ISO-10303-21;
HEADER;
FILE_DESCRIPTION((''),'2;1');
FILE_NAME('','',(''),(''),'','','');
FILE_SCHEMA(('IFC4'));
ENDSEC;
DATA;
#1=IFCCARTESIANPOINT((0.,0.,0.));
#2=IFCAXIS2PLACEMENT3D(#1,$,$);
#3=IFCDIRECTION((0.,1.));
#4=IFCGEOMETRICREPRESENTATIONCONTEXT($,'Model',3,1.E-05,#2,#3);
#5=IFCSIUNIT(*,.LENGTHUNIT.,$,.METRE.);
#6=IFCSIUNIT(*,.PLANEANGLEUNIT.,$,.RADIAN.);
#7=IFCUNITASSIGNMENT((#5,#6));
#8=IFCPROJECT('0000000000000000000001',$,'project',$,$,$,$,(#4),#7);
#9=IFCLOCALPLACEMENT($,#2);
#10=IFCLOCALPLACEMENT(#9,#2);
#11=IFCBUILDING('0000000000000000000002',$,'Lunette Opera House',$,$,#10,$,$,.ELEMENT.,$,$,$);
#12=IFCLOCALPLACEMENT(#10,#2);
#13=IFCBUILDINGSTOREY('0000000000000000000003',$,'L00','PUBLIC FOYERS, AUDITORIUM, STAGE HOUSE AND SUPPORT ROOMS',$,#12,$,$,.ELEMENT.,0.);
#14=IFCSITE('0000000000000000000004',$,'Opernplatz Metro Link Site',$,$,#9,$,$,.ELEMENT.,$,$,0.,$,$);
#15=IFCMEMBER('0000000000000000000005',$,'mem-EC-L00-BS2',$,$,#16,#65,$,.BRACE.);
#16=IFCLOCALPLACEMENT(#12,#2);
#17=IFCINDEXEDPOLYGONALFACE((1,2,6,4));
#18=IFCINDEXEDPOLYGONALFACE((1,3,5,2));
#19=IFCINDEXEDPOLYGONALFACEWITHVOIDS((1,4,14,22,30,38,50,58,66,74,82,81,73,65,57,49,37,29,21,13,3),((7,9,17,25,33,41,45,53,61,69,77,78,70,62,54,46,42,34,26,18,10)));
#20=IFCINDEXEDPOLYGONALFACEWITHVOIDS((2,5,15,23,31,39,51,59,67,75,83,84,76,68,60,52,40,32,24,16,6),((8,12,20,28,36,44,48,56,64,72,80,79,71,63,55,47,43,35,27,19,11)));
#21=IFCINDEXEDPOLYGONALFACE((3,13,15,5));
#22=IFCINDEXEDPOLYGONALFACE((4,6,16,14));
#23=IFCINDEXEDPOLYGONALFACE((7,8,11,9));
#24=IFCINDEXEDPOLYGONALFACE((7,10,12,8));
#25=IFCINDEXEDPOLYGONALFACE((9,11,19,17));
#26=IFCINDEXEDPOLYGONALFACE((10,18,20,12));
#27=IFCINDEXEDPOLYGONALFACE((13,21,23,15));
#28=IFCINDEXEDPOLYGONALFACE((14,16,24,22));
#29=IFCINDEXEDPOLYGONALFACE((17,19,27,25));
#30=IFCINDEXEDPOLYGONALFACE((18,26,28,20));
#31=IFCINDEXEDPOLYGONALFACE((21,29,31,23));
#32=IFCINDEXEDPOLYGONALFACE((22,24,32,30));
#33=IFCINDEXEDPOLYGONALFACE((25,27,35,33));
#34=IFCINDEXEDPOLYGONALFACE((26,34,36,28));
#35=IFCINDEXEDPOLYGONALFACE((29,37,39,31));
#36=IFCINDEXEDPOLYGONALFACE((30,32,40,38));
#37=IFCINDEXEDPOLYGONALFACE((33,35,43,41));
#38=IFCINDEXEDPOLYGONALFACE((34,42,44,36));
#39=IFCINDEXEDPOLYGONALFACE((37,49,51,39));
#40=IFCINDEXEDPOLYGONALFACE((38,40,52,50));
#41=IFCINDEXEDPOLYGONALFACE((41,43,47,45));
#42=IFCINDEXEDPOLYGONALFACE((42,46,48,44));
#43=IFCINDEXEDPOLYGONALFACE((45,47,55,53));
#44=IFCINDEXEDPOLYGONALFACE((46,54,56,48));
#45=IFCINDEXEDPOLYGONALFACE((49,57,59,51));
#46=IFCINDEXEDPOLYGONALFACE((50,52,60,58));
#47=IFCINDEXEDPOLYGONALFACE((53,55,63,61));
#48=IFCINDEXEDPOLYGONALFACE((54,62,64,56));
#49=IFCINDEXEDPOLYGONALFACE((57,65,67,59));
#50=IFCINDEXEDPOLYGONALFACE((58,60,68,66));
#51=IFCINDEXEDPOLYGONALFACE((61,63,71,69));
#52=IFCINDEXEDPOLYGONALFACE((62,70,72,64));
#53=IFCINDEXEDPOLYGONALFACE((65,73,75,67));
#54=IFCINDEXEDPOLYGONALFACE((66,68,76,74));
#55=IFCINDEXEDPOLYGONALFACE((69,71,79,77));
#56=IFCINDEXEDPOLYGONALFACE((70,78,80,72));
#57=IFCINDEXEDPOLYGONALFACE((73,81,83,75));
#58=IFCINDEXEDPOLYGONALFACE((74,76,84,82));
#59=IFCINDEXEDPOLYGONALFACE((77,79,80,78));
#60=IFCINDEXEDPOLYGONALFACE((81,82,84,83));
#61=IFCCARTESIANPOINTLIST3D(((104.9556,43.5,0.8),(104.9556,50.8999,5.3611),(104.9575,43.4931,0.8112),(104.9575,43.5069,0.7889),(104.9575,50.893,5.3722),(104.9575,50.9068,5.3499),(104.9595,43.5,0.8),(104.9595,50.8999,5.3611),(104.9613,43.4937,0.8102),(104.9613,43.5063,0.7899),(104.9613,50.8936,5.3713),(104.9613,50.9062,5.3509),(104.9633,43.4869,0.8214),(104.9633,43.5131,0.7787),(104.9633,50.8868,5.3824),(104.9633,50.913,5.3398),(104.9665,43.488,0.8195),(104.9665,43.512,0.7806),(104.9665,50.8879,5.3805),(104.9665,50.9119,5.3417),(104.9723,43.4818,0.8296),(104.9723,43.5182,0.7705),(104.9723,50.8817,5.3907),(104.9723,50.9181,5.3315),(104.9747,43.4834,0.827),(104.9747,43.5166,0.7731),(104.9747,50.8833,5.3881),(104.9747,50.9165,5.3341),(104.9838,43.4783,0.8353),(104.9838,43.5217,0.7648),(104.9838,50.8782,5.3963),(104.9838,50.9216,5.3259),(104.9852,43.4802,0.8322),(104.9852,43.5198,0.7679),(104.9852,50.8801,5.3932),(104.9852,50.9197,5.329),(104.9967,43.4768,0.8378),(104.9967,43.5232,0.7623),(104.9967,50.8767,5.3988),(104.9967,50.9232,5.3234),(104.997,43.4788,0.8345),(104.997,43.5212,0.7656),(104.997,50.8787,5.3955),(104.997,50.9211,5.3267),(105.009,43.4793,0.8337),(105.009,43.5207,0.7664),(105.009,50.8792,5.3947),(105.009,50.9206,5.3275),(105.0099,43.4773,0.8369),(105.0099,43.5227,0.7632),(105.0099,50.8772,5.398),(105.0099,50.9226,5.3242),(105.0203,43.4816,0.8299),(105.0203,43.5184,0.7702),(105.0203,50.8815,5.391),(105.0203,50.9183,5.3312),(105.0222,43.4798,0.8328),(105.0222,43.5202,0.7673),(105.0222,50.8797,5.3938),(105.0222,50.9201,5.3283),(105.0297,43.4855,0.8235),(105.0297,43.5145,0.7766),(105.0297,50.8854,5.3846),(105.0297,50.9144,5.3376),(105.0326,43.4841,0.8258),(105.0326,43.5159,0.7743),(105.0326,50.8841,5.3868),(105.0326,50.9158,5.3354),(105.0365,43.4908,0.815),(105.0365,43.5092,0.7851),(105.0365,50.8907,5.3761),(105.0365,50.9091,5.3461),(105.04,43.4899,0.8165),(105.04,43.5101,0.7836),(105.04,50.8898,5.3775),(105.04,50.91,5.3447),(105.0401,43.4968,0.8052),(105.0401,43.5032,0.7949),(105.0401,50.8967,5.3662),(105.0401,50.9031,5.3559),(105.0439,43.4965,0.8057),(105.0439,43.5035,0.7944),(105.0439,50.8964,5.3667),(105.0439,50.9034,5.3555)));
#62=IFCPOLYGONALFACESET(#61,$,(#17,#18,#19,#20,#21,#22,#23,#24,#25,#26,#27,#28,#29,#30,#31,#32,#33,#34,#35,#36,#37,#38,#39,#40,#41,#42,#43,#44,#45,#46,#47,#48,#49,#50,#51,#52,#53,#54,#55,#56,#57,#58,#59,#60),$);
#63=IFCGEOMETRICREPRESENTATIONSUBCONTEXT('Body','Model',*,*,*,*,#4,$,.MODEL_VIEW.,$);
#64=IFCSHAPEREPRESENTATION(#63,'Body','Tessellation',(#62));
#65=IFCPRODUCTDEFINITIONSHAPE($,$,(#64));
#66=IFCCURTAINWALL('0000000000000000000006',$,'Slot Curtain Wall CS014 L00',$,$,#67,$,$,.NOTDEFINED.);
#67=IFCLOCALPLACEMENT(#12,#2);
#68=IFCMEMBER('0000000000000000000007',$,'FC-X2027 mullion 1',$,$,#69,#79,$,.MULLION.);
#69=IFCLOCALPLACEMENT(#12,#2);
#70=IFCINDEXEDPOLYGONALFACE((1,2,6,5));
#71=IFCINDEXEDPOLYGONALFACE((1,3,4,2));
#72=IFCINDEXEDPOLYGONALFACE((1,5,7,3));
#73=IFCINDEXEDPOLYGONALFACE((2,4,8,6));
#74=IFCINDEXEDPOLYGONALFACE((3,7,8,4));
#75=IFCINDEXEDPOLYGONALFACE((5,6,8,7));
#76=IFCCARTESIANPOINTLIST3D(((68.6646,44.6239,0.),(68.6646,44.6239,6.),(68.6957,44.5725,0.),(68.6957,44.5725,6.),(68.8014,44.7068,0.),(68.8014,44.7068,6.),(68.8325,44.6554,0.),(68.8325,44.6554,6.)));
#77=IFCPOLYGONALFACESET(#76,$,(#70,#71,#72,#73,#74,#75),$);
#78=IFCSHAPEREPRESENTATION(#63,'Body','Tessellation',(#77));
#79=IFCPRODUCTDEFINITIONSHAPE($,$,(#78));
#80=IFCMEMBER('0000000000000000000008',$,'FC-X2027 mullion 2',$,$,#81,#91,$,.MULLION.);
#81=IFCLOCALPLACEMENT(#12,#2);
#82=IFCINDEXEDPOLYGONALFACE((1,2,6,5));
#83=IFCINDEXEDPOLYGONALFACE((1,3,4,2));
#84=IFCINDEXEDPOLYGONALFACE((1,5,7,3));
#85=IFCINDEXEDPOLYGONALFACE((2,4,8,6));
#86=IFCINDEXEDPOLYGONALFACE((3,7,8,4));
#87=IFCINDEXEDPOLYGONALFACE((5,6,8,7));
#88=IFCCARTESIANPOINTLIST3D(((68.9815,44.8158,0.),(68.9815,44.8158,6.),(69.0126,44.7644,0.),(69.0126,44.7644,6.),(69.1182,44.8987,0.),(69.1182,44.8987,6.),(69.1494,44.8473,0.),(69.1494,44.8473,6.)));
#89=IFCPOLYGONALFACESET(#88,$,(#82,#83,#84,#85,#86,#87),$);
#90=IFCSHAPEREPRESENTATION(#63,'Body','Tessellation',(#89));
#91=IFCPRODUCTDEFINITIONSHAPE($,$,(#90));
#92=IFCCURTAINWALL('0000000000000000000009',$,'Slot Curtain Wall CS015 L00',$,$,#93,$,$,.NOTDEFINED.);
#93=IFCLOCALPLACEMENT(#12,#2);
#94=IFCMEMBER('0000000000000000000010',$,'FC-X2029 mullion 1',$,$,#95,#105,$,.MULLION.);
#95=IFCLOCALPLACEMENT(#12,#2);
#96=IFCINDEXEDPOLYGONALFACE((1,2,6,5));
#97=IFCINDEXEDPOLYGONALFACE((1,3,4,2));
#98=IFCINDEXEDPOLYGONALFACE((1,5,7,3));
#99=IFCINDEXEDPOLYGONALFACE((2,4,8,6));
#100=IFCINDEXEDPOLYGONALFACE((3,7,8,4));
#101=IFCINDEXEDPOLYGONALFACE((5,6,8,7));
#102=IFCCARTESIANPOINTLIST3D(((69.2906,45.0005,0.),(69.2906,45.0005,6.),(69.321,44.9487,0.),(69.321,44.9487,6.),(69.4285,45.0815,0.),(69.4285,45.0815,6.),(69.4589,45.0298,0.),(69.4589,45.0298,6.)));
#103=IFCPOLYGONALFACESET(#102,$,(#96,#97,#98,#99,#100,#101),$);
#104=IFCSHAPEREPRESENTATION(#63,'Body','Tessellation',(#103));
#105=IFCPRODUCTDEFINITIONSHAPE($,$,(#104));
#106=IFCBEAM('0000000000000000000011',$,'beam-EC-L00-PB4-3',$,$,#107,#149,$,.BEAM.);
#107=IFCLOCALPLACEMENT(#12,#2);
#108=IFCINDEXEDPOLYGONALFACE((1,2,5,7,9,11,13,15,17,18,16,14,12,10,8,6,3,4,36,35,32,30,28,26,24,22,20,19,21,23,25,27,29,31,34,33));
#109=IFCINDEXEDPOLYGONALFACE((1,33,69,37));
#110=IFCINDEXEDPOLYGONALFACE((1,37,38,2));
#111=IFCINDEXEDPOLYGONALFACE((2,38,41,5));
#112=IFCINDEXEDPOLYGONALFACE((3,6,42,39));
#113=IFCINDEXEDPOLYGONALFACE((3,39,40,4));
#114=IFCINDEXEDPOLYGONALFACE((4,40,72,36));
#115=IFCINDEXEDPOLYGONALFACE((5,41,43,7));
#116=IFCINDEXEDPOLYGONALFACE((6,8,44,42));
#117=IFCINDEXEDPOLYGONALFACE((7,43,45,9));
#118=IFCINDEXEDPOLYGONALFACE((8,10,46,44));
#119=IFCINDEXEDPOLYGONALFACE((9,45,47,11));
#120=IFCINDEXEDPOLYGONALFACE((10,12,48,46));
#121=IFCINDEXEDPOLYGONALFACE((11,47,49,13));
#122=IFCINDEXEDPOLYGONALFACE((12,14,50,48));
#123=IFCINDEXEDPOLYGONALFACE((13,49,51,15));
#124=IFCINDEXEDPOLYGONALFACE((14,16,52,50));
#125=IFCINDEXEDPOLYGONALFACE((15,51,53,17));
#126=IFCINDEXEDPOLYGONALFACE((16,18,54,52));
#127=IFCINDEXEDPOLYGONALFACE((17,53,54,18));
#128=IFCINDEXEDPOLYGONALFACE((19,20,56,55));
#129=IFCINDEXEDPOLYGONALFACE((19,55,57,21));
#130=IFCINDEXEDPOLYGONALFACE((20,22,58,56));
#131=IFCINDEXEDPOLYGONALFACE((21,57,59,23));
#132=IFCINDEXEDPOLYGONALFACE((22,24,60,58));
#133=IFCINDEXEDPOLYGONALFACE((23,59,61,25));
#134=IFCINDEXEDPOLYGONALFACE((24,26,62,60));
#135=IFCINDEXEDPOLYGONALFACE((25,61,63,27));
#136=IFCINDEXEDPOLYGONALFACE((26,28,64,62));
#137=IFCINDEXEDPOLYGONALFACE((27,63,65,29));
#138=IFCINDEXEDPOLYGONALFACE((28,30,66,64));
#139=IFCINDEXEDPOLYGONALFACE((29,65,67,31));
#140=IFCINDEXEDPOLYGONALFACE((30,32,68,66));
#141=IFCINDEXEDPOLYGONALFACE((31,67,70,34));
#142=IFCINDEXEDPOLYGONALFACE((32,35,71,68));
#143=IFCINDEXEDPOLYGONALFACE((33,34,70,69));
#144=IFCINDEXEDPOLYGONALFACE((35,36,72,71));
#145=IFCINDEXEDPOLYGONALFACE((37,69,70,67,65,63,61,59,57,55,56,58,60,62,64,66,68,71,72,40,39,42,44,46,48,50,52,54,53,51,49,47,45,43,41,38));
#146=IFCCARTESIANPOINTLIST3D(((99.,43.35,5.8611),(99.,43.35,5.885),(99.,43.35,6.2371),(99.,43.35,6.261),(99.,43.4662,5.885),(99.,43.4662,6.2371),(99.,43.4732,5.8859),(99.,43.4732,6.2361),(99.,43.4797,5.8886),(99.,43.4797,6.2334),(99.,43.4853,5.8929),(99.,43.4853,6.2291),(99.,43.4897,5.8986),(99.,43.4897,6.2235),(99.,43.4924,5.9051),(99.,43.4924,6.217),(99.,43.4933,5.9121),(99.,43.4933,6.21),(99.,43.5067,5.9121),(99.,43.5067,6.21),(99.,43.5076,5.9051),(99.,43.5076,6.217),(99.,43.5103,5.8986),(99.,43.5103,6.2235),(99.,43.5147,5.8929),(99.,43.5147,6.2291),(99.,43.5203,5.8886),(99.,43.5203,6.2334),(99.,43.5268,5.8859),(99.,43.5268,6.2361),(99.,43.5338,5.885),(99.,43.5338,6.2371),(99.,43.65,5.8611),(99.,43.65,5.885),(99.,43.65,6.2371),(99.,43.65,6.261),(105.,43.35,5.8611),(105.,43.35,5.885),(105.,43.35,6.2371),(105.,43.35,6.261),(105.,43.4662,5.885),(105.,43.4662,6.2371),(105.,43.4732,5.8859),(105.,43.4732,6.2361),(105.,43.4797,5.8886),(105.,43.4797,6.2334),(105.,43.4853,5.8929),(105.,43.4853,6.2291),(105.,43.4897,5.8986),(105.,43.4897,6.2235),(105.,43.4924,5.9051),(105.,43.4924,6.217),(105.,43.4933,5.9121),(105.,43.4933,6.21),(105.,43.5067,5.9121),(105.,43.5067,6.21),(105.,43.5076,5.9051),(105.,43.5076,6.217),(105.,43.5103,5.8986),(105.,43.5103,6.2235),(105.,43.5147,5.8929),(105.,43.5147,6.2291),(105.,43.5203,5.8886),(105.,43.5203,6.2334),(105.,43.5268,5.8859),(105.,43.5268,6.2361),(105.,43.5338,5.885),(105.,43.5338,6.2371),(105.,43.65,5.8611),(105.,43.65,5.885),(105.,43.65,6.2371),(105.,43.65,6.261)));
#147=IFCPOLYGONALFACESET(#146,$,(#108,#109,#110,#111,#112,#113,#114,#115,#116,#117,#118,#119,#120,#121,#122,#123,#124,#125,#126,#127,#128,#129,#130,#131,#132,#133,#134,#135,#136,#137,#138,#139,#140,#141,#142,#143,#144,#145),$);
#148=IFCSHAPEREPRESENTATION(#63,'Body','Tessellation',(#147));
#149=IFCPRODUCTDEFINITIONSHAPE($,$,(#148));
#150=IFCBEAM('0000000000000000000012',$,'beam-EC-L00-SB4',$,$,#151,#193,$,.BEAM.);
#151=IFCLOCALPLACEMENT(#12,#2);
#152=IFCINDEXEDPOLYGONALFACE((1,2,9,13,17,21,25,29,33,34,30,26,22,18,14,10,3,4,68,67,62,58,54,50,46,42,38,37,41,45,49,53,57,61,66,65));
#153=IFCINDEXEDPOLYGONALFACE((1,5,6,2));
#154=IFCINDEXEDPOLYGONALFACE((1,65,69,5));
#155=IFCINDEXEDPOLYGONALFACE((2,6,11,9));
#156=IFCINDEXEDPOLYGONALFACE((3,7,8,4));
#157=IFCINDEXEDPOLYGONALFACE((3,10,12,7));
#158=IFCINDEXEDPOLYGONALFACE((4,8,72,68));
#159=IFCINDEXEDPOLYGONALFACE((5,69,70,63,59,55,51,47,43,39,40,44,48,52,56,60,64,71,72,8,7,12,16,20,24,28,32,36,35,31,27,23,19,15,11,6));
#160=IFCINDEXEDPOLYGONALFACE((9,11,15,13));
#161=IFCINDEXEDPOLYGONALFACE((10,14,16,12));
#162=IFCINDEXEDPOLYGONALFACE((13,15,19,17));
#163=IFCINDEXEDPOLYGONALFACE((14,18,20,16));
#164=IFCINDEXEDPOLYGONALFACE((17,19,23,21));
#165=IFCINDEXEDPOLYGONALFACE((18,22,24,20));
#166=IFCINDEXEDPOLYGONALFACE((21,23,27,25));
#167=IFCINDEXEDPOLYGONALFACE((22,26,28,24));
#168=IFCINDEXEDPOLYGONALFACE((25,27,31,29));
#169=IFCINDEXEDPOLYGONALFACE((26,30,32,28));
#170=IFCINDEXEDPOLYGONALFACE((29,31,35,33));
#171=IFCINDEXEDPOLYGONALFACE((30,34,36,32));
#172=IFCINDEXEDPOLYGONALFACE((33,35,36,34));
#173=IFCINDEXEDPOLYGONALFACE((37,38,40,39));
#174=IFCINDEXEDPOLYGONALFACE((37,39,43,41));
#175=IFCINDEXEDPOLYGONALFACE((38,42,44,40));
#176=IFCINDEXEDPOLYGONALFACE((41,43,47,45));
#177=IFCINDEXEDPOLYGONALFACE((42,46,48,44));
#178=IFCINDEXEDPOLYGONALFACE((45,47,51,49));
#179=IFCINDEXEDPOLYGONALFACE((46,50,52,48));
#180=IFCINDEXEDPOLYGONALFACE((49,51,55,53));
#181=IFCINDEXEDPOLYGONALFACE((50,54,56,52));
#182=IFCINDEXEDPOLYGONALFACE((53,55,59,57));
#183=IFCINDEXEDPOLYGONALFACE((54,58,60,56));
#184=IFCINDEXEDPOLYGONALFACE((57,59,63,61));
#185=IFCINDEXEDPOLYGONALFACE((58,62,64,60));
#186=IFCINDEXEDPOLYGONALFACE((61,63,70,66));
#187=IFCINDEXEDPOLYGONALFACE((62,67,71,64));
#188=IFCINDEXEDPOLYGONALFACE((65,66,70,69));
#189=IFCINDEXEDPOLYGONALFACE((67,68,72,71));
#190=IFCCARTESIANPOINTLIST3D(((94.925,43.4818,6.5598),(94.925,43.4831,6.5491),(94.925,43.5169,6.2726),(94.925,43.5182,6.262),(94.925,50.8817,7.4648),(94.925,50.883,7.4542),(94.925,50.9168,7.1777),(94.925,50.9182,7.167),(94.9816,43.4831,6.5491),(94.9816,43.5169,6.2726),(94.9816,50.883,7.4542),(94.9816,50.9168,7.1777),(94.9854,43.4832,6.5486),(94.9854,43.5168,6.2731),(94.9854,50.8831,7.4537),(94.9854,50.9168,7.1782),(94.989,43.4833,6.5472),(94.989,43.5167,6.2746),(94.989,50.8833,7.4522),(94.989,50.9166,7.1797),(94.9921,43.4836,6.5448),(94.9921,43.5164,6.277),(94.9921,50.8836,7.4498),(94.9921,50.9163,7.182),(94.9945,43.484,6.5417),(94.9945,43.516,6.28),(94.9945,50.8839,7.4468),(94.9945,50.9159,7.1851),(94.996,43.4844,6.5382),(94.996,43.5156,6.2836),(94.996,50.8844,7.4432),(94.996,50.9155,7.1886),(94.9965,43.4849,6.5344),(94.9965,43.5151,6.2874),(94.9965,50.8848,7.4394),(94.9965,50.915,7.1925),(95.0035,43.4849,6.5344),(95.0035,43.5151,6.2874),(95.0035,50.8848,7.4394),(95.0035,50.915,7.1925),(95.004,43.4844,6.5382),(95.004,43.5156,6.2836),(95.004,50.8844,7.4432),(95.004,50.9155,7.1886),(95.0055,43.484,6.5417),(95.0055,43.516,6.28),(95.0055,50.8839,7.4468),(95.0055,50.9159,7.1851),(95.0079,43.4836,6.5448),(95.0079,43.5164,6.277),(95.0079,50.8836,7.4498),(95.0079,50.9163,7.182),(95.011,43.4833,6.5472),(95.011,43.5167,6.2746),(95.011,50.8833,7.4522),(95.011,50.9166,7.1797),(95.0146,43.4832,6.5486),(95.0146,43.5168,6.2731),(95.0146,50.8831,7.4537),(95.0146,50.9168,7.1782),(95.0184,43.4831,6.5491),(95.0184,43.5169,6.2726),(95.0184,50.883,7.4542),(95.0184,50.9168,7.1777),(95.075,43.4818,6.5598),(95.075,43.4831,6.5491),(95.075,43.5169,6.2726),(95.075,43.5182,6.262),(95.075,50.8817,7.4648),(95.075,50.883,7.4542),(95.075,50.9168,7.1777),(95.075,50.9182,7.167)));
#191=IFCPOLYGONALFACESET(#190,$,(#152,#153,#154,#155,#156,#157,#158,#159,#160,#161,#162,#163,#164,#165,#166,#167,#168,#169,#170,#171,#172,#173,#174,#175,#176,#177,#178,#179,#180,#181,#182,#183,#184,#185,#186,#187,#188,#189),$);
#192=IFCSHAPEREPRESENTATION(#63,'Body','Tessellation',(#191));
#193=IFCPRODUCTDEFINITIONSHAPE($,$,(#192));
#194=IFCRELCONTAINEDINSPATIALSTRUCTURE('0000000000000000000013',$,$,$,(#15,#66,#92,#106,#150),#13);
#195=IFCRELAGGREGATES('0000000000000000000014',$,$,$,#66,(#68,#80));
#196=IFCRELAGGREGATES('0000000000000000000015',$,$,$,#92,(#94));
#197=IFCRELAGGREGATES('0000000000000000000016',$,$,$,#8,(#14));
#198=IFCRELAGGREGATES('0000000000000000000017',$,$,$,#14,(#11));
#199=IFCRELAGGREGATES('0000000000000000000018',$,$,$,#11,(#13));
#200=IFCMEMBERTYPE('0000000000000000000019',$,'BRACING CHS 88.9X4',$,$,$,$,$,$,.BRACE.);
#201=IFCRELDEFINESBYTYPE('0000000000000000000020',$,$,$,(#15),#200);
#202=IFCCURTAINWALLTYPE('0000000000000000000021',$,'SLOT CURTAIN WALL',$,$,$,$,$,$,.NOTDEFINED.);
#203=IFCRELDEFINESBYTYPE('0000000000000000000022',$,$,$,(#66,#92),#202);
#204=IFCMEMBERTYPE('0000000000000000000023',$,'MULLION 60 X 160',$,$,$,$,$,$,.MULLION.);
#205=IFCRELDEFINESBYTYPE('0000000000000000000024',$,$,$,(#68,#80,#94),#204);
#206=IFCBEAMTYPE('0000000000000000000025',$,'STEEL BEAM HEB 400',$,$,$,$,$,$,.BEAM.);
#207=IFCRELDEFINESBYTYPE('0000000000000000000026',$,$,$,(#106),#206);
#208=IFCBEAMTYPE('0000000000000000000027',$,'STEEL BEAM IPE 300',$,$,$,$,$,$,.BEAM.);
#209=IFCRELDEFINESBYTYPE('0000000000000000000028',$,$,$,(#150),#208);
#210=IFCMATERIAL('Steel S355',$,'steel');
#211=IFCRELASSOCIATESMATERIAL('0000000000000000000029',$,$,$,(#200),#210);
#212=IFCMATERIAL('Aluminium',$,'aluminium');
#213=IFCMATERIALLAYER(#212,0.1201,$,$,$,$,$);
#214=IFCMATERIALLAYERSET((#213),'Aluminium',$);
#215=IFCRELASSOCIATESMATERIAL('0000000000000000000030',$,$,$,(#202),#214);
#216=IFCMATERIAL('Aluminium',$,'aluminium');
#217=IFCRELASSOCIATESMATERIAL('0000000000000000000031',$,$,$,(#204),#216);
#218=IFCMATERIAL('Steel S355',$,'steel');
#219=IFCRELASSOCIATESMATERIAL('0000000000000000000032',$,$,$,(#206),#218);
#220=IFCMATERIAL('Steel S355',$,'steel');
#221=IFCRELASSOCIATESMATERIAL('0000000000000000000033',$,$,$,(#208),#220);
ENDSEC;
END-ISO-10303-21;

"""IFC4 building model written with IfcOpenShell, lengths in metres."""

from ifc_helpers import new_model, si_unit, direction, frame, origin, origin_2d, place, context, subcontext, project, spatial, rectangle, hollow_circle, i_section, extrude, material, layer, layer_set, material_profile, profile_set, type_object, element, aggregate, save


model = new_model("IFC4")

# Units and contexts
model_context = context("Model", 3, precision=1e-05, world=origin(), true_north=direction((0.0, 1.0)))
body_context = subcontext(model_context, "Body", "Model", "MODEL_VIEW")
ifc_project = project(units=[si_unit("LENGTHUNIT", "METRE"), si_unit("PLANEANGLEUNIT", "RADIAN")], contexts=[model_context])

# Site, building, storey
site_placement = place(None, origin())
site = spatial("IfcSite", under=ifc_project, at=site_placement, Name="Opernplatz Metro Link Site", CompositionType="ELEMENT", RefElevation=0.0)
building_placement = place(site_placement, origin())
building = spatial("IfcBuilding", under=site, at=building_placement, Name="Lunette Opera House", CompositionType="ELEMENT")
storey_placement = place(building_placement, origin())
storey = spatial("IfcBuildingStorey", under=building, at=storey_placement, Name="L00", Description="PUBLIC FOYERS, AUDITORIUM, STAGE HOUSE AND SUPPORT ROOMS", CompositionType="ELEMENT", Elevation=0.0)

# Member
ifc_material_1 = material(Name="Steel S355", Category="steel")
ifc_material_profile_1 = material_profile(ifc_material_1, hollow_circle(Radius=0.0444, WallThickness=0.0039, at=origin_2d()), Name="CHS 88.9X4")
ifc_profile_set_1 = profile_set([ifc_material_profile_1], Name="Steel S355")
member_type_1 = type_object("IfcMemberType", Name="BRACING CHS 88.9X4", PredefinedType="BRACE", material=ifc_profile_set_1)
member_1_placement = place(storey_placement, frame((105.0, 43.5, 0.8), z_axis=(0.0, 0.851286, 0.524702), x_axis=(-1.0, 0.0, 0.0)))
element("IfcMember", 1, at=member_1_placement, inside=storey, type_object=member_type_1, Name="mem-EC-L00-BS2", PredefinedType="BRACE", context=body_context, shape_type="SweptSolid", body=[
    extrude(hollow_circle(Radius=0.0444, WallThickness=0.0039, at=origin_2d()), origin(), (0.0, 0.0, 1.0), 8.6926),
])

# Curtain wall, members
ifc_material_2 = material(Name="Aluminium", Category="aluminium")
ifc_layer_1 = layer(ifc_material_2, 0.1201)
ifc_layer_set_1 = layer_set([ifc_layer_1], Name="Aluminium")
curtain_wall_type = type_object("IfcCurtainWallType", Name="SLOT CURTAIN WALL", PredefinedType="NOTDEFINED", material=ifc_layer_set_1)
curtain_wall_1_placement = place(storey_placement, origin())
curtain_wall_1 = element("IfcCurtainWall", 2, at=curtain_wall_1_placement, inside=storey, type_object=curtain_wall_type, Name="Slot Curtain Wall CS014 L00", PredefinedType="NOTDEFINED")
ifc_material_3 = material(Name="Aluminium", Category="aluminium")
ifc_material_profile_2 = material_profile(ifc_material_3, rectangle(XDim=0.0601, YDim=0.1599, at=origin_2d()), Name="MULLION 60 X 160")
ifc_profile_set_2 = profile_set([ifc_material_profile_2], Name="Aluminium")
member_type_2 = type_object("IfcMemberType", Name="MULLION 60 X 160", PredefinedType="MULLION", material=ifc_profile_set_2)
member_2_placement = place(storey_placement, frame((68.7485, 44.6396, 0.0), z_axis=(0.0, 0.0, 1.0), x_axis=(-0.51825, 0.855229, 0.0)))
member_2 = element("IfcMember", 3, at=member_2_placement, type_object=member_type_2, Name="FC-X2027 mullion 1", PredefinedType="MULLION", context=body_context, shape_type="SweptSolid", body=[
    extrude(rectangle(XDim=0.0601, YDim=0.1599, at=origin_2d()), origin(), (0.0, 0.0, 1.0), 6.0),
])
member_3_placement = place(storey_placement, frame((69.0654, 44.8315, 0.0), z_axis=(0.0, 0.0, 1.0), x_axis=(-0.51825, 0.855229, 0.0)))
member_3 = element("IfcMember", 4, at=member_3_placement, type_object=member_type_2, Name="FC-X2027 mullion 2", PredefinedType="MULLION", context=body_context, shape_type="SweptSolid", body=[
    extrude(rectangle(XDim=0.0601, YDim=0.1599, at=origin_2d()), origin(), (0.0, 0.0, 1.0), 6.0),
])

# Curtain wall, member
curtain_wall_2_placement = place(storey_placement, origin())
curtain_wall_2 = element("IfcCurtainWall", 5, at=curtain_wall_2_placement, inside=storey, type_object=curtain_wall_type, Name="Slot Curtain Wall CS015 L00", PredefinedType="NOTDEFINED")
member_4_placement = place(storey_placement, frame((69.3748, 45.0151, 0.0), z_axis=(0.0, 0.0, 1.0), x_axis=(-0.506614, 0.862173, 0.0)))
member_4 = element("IfcMember", 6, at=member_4_placement, type_object=member_type_2, Name="FC-X2029 mullion 1", PredefinedType="MULLION", context=body_context, shape_type="SweptSolid", body=[
    extrude(rectangle(XDim=0.0601, YDim=0.1599, at=origin_2d()), origin(), (0.0, 0.0, 1.0), 6.0),
])

# Beams
ifc_material_4 = material(Name="Steel S355", Category="steel")
ifc_material_profile_3 = material_profile(ifc_material_4, i_section(OverallWidth=0.3, OverallDepth=0.3999, WebThickness=0.0134, FlangeThickness=0.0239, FilletRadius=0.0271, at=origin_2d()), Name="HEB 400")
ifc_profile_set_3 = profile_set([ifc_material_profile_3], Name="Steel S355")
beam_type_1 = type_object("IfcBeamType", Name="STEEL BEAM HEB 400", PredefinedType="BEAM", material=ifc_profile_set_3)
beam_placement = place(storey_placement, frame((99.0, 43.5, 6.061), z_axis=(1.0, 0.0, 0.0), x_axis=(0.0, 1.0, 0.0)))
element("IfcBeam", 7, at=beam_placement, inside=storey, type_object=beam_type_1, Name="beam-EC-L00-PB4-3", PredefinedType="BEAM", context=body_context, shape_type="SweptSolid", body=[
    extrude(i_section(OverallWidth=0.3, OverallDepth=0.3999, WebThickness=0.0134, FlangeThickness=0.0239, FilletRadius=0.0271, at=origin_2d()), origin(), (0.0, 0.0, 1.0), 6.0),
])
ifc_material_5 = material(Name="Steel S355", Category="steel")
ifc_material_profile_4 = material_profile(ifc_material_5, i_section(OverallWidth=0.1499, OverallDepth=0.3, WebThickness=0.0071, FlangeThickness=0.0107, FilletRadius=0.0149, at=origin_2d()), Name="IPE 300")
ifc_profile_set_4 = profile_set([ifc_material_profile_4], Name="Steel S355")
beam_type_2 = type_object("IfcBeamType", Name="STEEL BEAM IPE 300", PredefinedType="BEAM", material=ifc_profile_set_4)
for number, where, z_axis, x_axis, name in (
    (8, (95.0, 43.5, 6.4109), (0.0, 0.992604, 0.121398), (-1.0, 0.0, 0.0), "beam-EC-L00-SB4"),
):
    element("IfcBeam", number, at=place(storey_placement, frame(where, z_axis=z_axis, x_axis=x_axis)), inside=storey, type_object=beam_type_2, Name=name, PredefinedType="BEAM", context=body_context, shape_type="SweptSolid", body=[
        extrude(i_section(OverallWidth=0.1499, OverallDepth=0.3, WebThickness=0.0071, FlangeThickness=0.0107, FilletRadius=0.0149, at=origin_2d()), origin(), (0.0, 0.0, 1.0), 7.4551),
    ])

aggregate(curtain_wall_1, [member_2, member_3])
aggregate(curtain_wall_2, [member_4])

save(model, "model.ifc")
